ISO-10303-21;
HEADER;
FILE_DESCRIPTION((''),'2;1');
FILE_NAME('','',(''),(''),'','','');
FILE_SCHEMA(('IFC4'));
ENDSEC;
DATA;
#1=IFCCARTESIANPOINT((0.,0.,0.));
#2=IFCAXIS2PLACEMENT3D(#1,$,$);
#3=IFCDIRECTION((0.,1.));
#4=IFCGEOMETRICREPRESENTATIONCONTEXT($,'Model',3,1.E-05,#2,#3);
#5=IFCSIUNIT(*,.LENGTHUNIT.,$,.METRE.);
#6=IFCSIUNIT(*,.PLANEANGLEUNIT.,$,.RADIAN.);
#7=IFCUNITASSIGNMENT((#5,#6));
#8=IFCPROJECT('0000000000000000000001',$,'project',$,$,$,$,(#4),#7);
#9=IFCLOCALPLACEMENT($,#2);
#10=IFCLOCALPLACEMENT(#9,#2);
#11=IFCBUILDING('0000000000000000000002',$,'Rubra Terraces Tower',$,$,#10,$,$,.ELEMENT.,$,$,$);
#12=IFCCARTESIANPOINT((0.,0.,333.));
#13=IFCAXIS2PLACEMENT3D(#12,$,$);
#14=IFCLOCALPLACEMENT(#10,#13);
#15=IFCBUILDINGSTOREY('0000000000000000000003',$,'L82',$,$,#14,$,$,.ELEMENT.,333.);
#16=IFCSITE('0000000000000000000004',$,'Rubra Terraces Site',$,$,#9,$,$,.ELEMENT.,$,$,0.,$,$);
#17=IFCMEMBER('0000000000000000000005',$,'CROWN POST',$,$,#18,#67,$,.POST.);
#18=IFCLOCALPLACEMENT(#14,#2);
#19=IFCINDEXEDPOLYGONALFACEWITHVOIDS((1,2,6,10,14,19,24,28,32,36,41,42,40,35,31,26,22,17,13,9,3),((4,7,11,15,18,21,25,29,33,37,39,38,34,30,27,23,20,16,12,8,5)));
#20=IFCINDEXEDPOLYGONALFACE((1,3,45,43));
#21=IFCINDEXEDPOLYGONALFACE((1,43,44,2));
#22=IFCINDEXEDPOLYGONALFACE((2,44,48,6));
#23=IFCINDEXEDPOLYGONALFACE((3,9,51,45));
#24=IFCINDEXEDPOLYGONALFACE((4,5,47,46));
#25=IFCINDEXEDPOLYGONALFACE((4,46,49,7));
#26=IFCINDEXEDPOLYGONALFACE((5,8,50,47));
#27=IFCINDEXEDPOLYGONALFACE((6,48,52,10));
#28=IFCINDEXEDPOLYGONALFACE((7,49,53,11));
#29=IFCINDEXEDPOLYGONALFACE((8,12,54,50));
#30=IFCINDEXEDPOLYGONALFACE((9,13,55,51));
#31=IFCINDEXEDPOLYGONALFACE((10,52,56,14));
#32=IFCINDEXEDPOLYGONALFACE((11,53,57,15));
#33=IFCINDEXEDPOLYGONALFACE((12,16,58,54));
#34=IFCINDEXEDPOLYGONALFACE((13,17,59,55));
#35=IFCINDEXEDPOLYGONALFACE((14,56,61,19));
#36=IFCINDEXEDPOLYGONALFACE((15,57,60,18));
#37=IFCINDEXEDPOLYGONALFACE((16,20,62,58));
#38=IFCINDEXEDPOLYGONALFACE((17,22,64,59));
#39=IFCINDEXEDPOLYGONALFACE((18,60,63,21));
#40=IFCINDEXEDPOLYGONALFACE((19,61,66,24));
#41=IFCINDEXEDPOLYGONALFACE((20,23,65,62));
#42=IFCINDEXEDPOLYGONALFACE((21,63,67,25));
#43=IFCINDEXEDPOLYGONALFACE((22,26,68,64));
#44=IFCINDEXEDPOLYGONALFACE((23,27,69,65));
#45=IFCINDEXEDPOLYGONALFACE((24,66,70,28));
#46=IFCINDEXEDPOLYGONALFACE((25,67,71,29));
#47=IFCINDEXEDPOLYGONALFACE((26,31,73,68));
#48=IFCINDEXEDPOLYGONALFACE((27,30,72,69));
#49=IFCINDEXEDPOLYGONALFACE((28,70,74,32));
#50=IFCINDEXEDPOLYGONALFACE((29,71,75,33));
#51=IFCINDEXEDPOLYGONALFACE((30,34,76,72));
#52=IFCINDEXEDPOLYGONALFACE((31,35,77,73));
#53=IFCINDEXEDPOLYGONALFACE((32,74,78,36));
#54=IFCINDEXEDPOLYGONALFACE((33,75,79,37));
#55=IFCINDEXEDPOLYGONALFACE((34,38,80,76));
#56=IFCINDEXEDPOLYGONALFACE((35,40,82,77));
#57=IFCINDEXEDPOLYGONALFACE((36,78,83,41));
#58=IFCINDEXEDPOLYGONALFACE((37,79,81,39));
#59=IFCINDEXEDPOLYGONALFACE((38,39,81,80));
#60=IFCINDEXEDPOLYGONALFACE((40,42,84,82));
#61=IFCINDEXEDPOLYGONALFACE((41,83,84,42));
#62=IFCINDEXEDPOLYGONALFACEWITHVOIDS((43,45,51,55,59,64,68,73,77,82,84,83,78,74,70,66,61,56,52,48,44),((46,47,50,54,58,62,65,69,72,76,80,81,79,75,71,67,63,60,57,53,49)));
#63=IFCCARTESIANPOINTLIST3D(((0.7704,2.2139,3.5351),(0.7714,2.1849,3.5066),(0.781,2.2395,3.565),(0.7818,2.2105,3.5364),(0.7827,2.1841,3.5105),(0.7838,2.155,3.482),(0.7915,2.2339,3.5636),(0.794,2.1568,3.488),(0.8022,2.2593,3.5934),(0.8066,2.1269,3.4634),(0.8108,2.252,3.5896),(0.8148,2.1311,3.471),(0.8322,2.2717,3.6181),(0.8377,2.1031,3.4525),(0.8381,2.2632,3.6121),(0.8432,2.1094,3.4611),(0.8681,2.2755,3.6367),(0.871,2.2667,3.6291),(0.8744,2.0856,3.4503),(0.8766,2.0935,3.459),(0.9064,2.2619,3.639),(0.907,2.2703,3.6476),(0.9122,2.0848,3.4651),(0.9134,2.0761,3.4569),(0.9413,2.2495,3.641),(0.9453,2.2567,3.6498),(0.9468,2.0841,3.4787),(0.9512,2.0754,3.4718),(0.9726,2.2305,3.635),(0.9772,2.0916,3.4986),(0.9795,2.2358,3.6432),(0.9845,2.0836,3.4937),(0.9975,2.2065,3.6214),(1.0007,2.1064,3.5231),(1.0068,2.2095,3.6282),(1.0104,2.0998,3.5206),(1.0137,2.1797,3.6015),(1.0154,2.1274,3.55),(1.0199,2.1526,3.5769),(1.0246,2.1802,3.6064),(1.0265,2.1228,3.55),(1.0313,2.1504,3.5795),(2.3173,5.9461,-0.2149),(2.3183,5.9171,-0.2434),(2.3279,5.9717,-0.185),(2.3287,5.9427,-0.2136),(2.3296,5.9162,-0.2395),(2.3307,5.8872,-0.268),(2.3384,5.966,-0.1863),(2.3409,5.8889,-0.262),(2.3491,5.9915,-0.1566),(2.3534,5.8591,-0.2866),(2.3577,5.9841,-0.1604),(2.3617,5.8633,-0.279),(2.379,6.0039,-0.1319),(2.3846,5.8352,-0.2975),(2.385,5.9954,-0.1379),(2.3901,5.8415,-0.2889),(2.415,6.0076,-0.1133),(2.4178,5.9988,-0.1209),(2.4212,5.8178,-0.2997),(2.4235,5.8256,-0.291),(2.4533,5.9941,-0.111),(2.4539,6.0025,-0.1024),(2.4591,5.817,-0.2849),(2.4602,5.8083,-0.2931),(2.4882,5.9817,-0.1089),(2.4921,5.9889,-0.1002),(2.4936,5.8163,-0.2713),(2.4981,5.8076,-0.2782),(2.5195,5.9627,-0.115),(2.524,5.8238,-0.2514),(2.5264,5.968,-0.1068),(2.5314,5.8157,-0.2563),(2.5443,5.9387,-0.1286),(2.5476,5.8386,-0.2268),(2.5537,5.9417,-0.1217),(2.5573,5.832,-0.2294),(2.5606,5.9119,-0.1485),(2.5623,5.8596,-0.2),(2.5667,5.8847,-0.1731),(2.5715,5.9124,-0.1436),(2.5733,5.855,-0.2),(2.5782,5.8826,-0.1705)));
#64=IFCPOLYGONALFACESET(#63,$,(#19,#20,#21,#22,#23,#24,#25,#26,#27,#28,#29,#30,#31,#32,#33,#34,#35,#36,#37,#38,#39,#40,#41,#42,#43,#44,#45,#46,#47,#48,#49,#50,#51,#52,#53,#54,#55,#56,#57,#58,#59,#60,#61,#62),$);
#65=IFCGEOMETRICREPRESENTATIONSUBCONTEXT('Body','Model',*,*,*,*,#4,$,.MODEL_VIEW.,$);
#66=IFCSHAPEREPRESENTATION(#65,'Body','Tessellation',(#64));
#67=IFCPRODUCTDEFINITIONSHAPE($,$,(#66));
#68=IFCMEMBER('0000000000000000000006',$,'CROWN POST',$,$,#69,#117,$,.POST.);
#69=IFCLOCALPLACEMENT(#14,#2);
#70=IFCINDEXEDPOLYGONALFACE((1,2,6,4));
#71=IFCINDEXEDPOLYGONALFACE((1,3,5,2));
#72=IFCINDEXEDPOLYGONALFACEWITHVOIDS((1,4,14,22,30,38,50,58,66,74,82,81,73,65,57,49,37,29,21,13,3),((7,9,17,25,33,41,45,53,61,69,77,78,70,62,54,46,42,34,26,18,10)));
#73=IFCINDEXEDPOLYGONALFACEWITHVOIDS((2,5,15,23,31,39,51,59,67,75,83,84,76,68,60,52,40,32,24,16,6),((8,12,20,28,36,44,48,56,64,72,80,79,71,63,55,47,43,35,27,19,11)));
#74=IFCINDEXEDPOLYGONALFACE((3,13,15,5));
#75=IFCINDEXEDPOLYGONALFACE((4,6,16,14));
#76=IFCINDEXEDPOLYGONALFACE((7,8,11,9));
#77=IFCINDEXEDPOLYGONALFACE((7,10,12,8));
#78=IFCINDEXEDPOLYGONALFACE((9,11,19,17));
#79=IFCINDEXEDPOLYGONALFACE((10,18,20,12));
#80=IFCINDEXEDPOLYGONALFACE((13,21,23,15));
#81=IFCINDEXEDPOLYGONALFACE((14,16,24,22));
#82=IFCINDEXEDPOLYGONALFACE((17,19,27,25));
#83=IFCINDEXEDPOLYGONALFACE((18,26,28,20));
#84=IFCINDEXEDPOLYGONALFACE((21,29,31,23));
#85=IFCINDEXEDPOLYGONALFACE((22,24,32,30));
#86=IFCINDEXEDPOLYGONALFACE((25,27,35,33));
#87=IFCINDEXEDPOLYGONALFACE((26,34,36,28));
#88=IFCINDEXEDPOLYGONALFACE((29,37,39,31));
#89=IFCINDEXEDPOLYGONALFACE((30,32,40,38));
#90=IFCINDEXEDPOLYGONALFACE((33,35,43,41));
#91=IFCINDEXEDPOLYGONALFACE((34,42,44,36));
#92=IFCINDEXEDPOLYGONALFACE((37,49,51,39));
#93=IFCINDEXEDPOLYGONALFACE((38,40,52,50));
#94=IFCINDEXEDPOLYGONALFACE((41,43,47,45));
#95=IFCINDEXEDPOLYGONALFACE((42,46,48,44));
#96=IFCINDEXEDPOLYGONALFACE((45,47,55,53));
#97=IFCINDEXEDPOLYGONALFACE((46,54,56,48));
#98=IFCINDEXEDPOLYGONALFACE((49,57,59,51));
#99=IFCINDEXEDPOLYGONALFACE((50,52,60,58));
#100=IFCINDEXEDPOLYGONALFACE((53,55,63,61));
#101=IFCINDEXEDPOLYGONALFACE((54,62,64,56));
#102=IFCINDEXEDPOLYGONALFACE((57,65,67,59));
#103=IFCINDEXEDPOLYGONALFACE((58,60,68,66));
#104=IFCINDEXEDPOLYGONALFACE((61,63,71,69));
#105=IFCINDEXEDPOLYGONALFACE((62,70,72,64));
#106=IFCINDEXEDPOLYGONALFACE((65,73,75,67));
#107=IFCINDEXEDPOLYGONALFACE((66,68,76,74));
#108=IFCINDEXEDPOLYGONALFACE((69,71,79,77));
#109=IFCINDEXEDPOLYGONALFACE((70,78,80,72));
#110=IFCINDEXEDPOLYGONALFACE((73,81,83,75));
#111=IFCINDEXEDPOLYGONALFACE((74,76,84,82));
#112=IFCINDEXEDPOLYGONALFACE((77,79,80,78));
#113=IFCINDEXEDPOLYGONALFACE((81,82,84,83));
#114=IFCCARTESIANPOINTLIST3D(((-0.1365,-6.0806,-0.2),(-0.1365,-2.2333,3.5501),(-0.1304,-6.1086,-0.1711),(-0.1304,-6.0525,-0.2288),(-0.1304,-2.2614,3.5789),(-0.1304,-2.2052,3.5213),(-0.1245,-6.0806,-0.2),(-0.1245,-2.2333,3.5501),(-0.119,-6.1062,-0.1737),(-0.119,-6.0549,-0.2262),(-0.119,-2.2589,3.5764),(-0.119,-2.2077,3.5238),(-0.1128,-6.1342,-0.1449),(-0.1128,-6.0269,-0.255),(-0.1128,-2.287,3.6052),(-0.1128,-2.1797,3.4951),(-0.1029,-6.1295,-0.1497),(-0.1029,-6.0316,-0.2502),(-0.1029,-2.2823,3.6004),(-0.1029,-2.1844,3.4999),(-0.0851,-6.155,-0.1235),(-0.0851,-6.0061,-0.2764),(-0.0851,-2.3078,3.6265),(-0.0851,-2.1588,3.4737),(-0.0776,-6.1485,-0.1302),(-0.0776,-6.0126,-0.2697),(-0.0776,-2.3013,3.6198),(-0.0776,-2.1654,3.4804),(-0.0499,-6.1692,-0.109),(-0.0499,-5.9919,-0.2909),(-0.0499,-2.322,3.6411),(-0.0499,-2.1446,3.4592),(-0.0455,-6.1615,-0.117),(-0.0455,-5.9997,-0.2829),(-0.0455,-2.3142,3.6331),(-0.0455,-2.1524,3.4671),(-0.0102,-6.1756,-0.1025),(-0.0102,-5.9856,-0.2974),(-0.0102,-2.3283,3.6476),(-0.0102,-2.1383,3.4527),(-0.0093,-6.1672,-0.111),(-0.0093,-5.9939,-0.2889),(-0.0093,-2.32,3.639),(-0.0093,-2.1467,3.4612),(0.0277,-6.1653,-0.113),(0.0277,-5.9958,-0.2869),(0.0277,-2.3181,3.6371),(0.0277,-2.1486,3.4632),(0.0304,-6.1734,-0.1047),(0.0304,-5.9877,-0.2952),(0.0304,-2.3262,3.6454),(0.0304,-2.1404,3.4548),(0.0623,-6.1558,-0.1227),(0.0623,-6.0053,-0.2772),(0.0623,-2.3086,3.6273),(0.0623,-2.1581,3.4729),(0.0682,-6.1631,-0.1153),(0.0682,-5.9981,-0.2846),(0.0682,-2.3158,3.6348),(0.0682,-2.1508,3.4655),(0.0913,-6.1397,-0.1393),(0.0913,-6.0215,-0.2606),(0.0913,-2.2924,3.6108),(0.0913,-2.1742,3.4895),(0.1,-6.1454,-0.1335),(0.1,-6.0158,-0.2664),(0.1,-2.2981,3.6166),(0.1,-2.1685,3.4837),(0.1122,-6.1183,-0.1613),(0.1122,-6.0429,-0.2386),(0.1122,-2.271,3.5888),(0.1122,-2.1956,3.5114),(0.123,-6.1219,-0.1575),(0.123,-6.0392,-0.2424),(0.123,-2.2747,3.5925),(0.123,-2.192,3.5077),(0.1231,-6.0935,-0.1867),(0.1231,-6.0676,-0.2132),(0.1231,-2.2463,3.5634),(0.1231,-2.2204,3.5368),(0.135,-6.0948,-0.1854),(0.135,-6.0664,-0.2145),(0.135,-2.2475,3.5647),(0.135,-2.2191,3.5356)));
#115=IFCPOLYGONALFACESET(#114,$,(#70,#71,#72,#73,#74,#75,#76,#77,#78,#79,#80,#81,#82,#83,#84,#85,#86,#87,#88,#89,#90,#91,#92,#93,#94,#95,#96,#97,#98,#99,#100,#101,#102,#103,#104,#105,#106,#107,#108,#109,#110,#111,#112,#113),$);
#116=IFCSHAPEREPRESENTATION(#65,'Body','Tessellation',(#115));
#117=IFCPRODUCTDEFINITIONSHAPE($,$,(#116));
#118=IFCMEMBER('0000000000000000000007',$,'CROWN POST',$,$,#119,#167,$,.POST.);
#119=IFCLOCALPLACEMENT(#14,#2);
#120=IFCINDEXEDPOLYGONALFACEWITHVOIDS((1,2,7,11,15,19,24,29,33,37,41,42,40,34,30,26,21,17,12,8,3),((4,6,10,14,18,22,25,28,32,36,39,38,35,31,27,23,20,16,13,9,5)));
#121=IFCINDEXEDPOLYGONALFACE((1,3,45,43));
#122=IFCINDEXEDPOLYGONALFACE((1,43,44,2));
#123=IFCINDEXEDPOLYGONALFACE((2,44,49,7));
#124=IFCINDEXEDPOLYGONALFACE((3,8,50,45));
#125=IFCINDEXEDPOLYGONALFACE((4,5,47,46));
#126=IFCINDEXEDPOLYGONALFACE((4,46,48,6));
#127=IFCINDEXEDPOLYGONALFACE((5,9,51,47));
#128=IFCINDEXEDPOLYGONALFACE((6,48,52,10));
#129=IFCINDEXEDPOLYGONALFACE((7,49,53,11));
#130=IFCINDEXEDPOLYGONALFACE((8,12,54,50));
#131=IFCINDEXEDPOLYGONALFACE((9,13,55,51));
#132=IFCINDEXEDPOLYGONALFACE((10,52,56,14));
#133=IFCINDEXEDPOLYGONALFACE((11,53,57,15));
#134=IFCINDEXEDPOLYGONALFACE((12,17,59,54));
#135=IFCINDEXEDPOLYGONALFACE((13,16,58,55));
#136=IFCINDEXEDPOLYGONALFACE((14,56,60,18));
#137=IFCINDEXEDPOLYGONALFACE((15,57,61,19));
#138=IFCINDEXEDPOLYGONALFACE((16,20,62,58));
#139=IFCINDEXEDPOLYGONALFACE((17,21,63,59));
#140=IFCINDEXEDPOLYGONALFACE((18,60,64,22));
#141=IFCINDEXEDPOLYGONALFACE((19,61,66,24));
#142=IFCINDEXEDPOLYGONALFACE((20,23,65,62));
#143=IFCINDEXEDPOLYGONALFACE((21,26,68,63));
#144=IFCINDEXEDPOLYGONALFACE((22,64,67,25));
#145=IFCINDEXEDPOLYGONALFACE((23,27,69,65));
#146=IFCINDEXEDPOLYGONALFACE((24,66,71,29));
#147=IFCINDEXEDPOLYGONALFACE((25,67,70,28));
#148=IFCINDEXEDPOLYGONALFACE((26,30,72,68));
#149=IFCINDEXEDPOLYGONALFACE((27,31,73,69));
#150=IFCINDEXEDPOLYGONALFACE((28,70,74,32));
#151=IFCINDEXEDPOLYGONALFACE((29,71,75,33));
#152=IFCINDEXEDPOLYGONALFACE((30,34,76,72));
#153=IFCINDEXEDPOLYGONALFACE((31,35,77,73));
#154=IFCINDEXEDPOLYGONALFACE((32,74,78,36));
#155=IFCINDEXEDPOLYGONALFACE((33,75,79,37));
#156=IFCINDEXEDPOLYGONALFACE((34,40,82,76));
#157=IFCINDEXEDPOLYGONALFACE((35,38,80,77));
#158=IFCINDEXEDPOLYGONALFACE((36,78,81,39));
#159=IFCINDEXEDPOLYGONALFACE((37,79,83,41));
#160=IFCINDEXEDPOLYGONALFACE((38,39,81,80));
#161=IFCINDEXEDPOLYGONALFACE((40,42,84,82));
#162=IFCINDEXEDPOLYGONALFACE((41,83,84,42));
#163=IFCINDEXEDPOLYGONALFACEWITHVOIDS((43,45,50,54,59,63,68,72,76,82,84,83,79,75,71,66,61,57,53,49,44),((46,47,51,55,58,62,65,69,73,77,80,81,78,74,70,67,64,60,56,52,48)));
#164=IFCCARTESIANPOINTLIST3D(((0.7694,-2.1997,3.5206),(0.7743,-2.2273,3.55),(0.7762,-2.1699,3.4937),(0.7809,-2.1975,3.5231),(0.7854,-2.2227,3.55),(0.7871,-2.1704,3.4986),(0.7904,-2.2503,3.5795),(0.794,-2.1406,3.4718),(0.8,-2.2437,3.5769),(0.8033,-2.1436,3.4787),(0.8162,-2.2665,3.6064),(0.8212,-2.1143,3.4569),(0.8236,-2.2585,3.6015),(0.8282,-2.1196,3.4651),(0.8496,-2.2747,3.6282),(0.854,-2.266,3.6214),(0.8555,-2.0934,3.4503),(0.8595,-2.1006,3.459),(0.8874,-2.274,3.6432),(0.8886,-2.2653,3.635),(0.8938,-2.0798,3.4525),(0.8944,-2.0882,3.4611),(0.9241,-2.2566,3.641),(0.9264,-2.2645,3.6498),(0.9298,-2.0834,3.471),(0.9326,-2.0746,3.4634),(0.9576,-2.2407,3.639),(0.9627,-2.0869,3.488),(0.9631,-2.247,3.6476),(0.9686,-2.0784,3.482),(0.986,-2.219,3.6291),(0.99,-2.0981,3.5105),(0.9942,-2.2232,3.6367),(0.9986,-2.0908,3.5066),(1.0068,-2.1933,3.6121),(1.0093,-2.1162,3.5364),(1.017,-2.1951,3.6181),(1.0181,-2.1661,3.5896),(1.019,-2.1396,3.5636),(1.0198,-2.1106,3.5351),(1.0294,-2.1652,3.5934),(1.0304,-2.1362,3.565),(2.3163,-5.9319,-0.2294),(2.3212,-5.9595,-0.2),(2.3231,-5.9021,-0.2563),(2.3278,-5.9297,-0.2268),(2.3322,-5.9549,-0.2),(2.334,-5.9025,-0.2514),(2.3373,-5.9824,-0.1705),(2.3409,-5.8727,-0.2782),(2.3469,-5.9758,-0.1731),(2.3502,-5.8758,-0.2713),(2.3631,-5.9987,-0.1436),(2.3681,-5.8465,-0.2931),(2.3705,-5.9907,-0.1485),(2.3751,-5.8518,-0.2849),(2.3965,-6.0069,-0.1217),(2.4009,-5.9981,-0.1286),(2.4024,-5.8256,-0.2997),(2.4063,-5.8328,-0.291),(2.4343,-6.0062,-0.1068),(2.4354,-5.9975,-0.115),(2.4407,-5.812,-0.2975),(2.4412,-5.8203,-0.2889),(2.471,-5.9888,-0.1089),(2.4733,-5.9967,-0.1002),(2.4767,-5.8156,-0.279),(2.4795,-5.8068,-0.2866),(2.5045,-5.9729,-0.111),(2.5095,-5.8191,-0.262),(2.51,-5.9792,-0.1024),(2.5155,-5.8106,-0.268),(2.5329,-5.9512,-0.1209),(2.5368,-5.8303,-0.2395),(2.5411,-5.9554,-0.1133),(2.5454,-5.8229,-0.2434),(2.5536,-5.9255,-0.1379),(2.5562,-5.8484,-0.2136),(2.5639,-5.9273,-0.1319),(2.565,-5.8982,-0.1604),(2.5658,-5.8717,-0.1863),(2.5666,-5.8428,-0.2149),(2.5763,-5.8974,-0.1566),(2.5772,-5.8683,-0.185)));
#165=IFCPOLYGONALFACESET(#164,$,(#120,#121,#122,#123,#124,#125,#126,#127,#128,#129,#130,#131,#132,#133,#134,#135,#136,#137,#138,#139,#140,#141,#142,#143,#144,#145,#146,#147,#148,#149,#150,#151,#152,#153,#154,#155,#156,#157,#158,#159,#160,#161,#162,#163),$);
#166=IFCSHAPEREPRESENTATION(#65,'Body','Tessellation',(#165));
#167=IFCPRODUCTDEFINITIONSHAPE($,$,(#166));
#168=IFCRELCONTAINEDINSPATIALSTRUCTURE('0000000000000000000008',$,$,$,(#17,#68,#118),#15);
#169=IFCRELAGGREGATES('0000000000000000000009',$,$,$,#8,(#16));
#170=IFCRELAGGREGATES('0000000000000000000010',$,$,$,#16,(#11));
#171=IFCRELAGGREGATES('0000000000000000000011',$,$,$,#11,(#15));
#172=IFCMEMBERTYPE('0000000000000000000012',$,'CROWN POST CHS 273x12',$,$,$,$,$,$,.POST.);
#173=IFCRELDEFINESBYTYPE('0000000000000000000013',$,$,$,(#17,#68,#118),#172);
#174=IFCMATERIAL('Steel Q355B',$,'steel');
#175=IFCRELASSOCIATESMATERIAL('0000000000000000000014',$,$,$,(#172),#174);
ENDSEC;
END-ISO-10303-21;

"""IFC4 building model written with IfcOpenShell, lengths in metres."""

from ifc_helpers import new_model, si_unit, direction, frame, origin, origin_2d, place, context, subcontext, project, spatial, hollow_circle, extrude, material, material_profile, profile_set, type_object, element, save


model = new_model("IFC4")

# Units and contexts
model_context = context("Model", 3, precision=1e-05, world=origin(), true_north=direction((0.0, 1.0)))
body_context = subcontext(model_context, "Body", "Model", "MODEL_VIEW")
ifc_project = project(units=[si_unit("LENGTHUNIT", "METRE"), si_unit("PLANEANGLEUNIT", "RADIAN")], contexts=[model_context])

# Site, building, storey
site_placement = place(None, origin())
site = spatial("IfcSite", under=ifc_project, at=site_placement, Name="Rubra Terraces Site", CompositionType="ELEMENT", RefElevation=0.0)
building_placement = place(site_placement, origin())
building = spatial("IfcBuilding", under=site, at=building_placement, Name="Rubra Terraces Tower", CompositionType="ELEMENT")
storey_placement = place(building_placement, frame((0.0, 0.0, 333.0)))
storey = spatial("IfcBuildingStorey", under=building, at=storey_placement, Name="L82", CompositionType="ELEMENT", Elevation=333.0)

# Members
ifc_material_1 = material(Name="Steel Q355B", Category="steel")
ifc_material_profile_1 = material_profile(ifc_material_1, hollow_circle(Radius=0.1365, WallThickness=0.012, at=origin_2d()), Name="CHS 273x12")
ifc_profile_set_1 = profile_set([ifc_material_profile_1], Name="Steel Q355B")
member_type_1 = type_object("IfcMemberType", Name="CROWN POST CHS 273x12", PredefinedType="POST", material=ifc_profile_set_1)
member_1_placement = place(storey_placement, frame((2.4473, 5.9072, -0.2), z_axis=(-0.280627, -0.677075, 0.680308), x_axis=(0.923796, -0.382885, 0.0)))
element("IfcMember", 1, at=member_1_placement, inside=storey, type_object=member_type_1, Name="CROWN POST", PredefinedType="POST", context=body_context, shape_type="SweptSolid", body=[
    extrude(hollow_circle(Radius=0.1365, WallThickness=0.012, at=origin_2d()), origin(), (0.0, 0.0, 1.0), 5.5122),
])
member_2_placement = place(storey_placement, frame((0.0, -6.0806, -0.2), z_axis=(0.0, 0.716092, 0.698006), x_axis=(-1.0, 0.0, 0.0)))
element("IfcMember", 2, at=member_2_placement, inside=storey, type_object=member_type_1, Name="CROWN POST", PredefinedType="POST", context=body_context, shape_type="SweptSolid", body=[
    extrude(hollow_circle(Radius=0.1365, WallThickness=0.012, at=origin_2d()), origin(), (0.0, 0.0, 1.0), 5.3726),
])
member_3_placement = place(storey_placement, frame((2.4473, -5.9072, -0.2), z_axis=(-0.280627, 0.677075, 0.680308), x_axis=(-0.923796, -0.382885, 0.0)))
element("IfcMember", 3, at=member_3_placement, inside=storey, type_object=member_type_1, Name="CROWN POST", PredefinedType="POST", context=body_context, shape_type="SweptSolid", body=[
    extrude(hollow_circle(Radius=0.1365, WallThickness=0.012, at=origin_2d()), origin(), (0.0, 0.0, 1.0), 5.5122),
])

save(model, "model.ifc")
